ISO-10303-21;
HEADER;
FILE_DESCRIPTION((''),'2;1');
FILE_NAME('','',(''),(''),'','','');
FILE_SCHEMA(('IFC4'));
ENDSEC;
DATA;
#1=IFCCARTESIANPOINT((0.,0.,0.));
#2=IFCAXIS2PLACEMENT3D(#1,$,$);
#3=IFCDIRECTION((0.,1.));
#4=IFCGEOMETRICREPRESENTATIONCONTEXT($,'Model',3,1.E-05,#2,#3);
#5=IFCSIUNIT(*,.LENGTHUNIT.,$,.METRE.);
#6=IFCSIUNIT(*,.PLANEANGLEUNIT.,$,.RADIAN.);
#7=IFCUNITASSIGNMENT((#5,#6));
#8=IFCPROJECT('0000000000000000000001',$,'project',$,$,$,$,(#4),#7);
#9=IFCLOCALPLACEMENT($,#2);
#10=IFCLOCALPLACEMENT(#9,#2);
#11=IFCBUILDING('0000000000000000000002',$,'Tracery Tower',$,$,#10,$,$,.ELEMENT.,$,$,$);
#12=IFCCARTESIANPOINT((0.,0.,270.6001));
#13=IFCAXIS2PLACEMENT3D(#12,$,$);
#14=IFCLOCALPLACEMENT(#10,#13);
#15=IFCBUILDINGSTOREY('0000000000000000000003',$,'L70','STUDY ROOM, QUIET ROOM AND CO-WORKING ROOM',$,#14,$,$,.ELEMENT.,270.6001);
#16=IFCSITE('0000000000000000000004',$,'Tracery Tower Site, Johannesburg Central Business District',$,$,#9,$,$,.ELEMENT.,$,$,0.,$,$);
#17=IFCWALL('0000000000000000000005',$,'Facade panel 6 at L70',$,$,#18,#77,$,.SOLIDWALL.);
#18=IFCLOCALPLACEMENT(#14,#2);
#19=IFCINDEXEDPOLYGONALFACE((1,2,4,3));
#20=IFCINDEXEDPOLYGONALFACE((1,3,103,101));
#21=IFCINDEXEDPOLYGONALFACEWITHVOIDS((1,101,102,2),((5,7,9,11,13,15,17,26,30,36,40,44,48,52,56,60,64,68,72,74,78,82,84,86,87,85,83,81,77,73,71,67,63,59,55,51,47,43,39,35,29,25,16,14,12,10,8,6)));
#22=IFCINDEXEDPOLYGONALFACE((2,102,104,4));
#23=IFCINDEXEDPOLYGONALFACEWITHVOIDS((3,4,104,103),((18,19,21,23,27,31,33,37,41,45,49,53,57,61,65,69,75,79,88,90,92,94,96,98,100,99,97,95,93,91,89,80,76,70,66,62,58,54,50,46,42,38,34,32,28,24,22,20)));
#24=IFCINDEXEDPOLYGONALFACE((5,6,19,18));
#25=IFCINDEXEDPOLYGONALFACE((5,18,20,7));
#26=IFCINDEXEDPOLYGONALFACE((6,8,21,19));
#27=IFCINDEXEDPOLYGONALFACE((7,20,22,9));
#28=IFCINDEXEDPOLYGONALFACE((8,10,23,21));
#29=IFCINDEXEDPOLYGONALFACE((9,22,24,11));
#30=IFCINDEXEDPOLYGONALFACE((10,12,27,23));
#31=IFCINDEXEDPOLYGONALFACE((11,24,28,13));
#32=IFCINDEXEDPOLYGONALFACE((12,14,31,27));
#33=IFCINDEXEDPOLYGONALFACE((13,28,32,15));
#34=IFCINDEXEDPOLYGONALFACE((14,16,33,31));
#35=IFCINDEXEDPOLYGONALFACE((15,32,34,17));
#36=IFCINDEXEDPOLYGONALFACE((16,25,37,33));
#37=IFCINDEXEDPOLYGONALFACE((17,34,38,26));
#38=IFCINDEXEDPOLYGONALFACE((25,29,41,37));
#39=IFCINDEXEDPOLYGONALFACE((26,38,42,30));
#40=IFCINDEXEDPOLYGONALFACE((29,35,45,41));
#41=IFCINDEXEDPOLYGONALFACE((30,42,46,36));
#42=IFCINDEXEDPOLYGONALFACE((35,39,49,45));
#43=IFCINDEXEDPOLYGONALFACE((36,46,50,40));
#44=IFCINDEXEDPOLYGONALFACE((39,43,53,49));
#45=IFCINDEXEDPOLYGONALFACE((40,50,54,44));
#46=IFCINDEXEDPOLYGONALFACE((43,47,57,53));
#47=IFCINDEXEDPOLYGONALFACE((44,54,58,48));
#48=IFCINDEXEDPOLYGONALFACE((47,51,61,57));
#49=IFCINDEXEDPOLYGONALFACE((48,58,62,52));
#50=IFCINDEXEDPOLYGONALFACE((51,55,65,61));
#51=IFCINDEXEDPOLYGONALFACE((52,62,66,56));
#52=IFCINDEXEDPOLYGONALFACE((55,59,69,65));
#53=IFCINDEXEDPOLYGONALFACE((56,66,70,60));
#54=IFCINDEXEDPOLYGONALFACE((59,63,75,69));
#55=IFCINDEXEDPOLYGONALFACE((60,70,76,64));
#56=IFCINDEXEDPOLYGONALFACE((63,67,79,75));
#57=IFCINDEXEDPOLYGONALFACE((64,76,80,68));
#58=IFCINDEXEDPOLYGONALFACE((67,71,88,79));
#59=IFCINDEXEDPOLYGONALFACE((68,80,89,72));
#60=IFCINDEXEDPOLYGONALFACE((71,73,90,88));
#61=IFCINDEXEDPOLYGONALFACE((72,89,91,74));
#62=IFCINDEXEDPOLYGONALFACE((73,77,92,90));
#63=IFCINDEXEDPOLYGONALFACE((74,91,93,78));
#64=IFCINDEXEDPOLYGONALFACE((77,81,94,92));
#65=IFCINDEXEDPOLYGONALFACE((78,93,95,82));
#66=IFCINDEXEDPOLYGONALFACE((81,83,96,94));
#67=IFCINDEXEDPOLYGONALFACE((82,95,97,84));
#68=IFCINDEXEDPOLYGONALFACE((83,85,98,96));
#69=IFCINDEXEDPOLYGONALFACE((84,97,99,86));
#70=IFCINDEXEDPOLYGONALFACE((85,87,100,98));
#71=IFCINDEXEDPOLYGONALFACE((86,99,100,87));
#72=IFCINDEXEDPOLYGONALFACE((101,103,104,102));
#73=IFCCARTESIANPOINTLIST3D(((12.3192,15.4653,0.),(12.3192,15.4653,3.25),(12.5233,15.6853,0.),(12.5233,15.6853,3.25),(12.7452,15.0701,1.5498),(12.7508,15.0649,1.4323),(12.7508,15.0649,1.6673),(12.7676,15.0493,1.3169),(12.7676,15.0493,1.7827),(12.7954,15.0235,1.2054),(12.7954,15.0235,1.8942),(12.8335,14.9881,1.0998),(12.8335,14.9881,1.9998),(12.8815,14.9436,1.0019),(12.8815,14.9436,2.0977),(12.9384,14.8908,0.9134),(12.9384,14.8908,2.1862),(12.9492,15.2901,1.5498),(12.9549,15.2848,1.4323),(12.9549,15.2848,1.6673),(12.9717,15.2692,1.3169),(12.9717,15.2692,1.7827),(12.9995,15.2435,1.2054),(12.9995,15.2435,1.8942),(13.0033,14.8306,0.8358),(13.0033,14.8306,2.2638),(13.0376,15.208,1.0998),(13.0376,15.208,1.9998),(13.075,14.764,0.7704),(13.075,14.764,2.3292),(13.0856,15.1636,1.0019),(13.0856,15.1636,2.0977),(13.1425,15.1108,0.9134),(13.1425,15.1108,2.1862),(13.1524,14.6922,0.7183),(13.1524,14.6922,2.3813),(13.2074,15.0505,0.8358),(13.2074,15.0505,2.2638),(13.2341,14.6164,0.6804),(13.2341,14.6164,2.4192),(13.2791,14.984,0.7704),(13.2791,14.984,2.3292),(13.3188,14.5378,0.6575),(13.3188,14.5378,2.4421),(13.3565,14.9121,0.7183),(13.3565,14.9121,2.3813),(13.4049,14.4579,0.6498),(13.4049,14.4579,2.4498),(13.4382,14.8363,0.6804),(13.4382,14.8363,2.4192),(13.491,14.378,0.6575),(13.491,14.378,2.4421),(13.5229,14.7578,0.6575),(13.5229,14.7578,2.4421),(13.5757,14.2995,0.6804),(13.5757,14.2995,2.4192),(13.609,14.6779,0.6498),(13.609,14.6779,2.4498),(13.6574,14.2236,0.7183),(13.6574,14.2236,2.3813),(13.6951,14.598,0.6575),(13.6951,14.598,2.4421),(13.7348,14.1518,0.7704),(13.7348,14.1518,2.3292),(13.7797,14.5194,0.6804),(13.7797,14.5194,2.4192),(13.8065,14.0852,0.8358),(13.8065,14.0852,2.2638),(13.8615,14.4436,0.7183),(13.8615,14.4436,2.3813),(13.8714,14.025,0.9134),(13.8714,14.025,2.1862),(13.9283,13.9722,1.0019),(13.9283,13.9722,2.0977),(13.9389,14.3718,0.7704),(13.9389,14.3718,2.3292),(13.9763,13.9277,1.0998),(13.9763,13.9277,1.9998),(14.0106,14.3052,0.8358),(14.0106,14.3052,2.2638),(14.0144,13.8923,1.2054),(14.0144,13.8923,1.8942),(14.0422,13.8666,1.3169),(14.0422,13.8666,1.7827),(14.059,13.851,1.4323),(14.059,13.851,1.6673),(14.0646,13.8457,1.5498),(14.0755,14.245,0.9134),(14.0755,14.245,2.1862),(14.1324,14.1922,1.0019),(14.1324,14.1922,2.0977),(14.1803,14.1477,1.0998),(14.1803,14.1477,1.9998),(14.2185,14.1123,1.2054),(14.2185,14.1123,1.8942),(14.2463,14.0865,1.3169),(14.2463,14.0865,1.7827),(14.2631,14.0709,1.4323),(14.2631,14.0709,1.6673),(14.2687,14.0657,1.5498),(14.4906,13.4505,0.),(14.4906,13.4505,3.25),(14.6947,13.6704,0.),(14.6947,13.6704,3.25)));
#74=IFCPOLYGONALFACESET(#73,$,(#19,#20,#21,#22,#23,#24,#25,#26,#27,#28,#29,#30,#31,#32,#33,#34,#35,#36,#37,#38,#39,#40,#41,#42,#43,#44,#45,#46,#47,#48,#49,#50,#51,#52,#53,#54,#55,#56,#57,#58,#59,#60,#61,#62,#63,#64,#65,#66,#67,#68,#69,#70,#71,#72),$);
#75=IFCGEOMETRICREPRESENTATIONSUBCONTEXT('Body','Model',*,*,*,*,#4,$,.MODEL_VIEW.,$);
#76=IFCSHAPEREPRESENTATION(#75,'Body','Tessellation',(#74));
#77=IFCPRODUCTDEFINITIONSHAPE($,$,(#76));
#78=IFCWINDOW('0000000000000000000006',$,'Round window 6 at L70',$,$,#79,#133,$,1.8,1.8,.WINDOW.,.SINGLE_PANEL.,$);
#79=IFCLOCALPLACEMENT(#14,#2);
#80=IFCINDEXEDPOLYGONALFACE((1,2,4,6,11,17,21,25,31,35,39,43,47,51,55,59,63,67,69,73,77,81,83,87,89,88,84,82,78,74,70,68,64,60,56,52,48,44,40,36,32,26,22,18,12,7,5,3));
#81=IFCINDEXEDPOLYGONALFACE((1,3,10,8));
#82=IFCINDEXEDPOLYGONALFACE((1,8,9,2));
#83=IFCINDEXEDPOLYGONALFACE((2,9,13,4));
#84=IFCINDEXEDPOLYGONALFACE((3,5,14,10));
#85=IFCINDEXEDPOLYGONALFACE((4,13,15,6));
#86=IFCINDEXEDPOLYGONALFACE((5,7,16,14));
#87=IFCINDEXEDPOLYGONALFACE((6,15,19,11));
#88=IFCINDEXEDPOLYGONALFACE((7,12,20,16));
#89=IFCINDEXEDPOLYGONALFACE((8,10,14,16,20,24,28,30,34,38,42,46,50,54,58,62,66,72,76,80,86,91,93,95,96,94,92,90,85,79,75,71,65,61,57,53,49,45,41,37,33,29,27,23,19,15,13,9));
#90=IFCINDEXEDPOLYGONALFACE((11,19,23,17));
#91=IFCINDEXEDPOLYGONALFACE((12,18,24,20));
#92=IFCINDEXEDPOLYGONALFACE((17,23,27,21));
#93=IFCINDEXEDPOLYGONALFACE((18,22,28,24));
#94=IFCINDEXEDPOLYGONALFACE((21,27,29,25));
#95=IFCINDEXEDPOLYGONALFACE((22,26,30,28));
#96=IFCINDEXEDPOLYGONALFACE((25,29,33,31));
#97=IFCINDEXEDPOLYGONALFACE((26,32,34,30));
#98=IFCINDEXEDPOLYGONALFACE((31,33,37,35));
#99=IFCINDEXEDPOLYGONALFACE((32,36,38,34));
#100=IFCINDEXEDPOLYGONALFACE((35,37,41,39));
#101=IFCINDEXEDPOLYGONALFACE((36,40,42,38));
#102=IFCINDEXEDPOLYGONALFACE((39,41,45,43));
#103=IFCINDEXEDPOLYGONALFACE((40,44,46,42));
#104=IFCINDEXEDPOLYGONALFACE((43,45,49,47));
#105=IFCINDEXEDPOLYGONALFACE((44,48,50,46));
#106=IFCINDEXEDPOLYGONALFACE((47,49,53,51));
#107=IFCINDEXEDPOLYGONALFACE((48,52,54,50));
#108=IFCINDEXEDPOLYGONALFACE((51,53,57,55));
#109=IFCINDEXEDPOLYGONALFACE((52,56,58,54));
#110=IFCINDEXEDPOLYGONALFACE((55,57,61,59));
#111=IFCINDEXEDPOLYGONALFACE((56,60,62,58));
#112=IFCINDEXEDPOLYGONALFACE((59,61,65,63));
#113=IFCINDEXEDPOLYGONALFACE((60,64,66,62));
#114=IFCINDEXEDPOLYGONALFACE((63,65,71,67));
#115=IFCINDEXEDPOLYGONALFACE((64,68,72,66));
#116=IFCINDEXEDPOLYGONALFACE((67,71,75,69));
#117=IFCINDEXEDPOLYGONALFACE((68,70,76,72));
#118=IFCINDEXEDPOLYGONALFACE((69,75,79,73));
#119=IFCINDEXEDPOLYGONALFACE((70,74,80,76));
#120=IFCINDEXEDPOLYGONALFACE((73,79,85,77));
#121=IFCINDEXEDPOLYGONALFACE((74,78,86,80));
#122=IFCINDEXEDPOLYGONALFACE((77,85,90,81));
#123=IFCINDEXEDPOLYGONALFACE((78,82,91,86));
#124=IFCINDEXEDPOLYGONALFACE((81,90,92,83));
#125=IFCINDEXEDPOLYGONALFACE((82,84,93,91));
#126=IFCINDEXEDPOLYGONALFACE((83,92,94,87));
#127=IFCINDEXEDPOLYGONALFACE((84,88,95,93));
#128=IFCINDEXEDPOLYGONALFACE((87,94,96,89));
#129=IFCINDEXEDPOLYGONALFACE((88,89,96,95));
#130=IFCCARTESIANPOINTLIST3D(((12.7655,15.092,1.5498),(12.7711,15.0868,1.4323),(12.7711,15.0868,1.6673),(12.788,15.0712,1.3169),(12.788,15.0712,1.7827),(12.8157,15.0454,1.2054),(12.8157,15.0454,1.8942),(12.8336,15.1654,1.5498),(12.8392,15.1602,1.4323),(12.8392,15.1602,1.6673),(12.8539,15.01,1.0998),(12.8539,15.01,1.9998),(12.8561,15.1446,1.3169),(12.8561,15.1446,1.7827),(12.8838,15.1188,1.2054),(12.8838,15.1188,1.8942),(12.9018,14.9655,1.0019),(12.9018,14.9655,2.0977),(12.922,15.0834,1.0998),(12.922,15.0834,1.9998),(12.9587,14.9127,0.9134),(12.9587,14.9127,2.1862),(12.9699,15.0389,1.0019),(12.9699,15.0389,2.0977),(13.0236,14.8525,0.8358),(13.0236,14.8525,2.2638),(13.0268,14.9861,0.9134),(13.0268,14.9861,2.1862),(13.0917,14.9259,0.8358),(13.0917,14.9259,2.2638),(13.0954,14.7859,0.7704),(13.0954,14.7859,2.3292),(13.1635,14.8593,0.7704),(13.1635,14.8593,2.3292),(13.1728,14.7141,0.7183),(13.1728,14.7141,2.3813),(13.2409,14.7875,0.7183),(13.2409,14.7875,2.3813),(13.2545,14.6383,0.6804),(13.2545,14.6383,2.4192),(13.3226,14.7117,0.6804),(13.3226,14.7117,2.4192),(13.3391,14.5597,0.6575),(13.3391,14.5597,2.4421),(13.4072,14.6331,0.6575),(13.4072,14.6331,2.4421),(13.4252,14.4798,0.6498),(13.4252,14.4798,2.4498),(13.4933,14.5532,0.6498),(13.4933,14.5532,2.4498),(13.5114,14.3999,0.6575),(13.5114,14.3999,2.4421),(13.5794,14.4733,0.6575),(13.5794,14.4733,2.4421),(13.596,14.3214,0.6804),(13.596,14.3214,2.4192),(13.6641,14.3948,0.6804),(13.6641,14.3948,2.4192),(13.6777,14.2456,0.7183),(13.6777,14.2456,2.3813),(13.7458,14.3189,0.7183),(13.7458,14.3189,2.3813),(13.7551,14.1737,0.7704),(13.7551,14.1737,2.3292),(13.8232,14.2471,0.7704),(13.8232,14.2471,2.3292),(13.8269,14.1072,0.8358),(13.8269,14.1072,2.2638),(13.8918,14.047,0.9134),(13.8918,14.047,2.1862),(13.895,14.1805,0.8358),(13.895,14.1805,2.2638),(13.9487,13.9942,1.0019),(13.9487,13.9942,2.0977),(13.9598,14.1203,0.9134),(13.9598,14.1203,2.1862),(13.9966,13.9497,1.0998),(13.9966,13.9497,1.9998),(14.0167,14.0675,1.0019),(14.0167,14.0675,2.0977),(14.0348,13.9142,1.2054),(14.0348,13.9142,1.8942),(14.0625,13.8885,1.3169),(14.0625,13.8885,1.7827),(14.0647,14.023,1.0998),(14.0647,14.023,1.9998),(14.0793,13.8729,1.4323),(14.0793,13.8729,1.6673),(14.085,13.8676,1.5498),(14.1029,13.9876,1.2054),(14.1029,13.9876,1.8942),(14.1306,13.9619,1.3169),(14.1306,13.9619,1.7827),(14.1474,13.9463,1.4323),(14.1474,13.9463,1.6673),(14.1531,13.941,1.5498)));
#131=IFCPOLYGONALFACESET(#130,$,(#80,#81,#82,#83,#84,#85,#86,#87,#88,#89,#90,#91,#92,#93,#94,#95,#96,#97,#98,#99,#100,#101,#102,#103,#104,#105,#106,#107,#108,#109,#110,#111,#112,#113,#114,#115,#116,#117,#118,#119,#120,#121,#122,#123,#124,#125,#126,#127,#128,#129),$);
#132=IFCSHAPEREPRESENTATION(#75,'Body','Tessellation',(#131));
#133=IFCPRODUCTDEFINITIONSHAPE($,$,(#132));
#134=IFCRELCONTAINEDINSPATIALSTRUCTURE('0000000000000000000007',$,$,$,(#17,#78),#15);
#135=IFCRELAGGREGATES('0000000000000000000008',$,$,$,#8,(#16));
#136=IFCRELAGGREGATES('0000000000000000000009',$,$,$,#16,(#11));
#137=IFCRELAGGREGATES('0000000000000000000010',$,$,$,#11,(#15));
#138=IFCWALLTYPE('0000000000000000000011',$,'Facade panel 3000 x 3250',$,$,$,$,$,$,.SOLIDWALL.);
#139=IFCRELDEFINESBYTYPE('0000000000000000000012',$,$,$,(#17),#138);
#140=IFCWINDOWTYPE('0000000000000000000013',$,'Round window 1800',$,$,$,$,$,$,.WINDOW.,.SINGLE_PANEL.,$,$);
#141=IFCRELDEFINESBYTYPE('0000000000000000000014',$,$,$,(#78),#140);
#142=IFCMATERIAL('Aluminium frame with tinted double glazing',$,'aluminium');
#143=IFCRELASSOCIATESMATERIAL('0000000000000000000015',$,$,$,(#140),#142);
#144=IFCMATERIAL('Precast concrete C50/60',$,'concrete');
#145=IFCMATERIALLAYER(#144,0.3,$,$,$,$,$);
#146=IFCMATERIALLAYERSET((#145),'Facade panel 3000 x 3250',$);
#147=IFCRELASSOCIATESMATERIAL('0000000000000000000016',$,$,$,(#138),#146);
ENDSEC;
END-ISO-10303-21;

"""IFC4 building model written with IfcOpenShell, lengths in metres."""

from ifc_helpers import new_model, si_unit, direction, frame, frame_2d, origin, origin_2d, place, context, subcontext, project, spatial, rectangle, circle, extrude, material, layer, layer_set, type_object, element, fill, save


model = new_model("IFC4")

# Units and contexts
model_context = context("Model", 3, precision=1e-05, world=origin(), true_north=direction((0.0, 1.0)))
body_context = subcontext(model_context, "Body", "Model", "MODEL_VIEW")
ifc_project = project(units=[si_unit("LENGTHUNIT", "METRE"), si_unit("PLANEANGLEUNIT", "RADIAN")], contexts=[model_context])

# Site, building, storey
site_placement = place(None, origin())
site = spatial("IfcSite", under=ifc_project, at=site_placement, Name="Tracery Tower Site, Johannesburg Central Business District", CompositionType="ELEMENT", RefElevation=0.0)
building_placement = place(site_placement, origin())
building = spatial("IfcBuilding", under=site, at=building_placement, Name="Tracery Tower", CompositionType="ELEMENT")
storey_placement = place(building_placement, frame((0.0, 0.0, 270.6001)))
storey = spatial("IfcBuildingStorey", under=building, at=storey_placement, Name="L70", Description="STUDY ROOM, QUIET ROOM AND CO-WORKING ROOM", CompositionType="ELEMENT", Elevation=270.6001)

# Wall, opening, window
ifc_material_1 = material(Name="Aluminium frame with tinted double glazing", Category="aluminium")
window_type = type_object("IfcWindowType", Name="Round window 1800", PartitioningType="SINGLE_PANEL", PredefinedType="WINDOW", material=ifc_material_1)
ifc_material_2 = material(Name="Precast concrete C50/60", Category="concrete")
ifc_layer_1 = layer(ifc_material_2, 0.3)
ifc_layer_set_1 = layer_set([ifc_layer_1], Name="Facade panel 3000 x 3250")
wall_type_1 = type_object("IfcWallType", Name="Facade panel 3000 x 3250", PredefinedType="SOLIDWALL", material=ifc_layer_set_1)
wall_1_placement = place(storey_placement, frame((14.5925, 13.5605, 0.0), z_axis=(0.0, 0.0, 1.0), x_axis=(-0.733028, 0.680198, 0.0)))
wall_1 = element("IfcWall", 1, at=wall_1_placement, inside=storey, type_object=wall_type_1, Name="Facade panel 6 at L70", PredefinedType="SOLIDWALL", context=body_context, shape_type="SweptSolid", body=[
    extrude(rectangle(XDim=2.9622, YDim=0.3, at=frame_2d((1.481, 0.0))), origin(), (0.0, 0.0, 1.0), 3.25),
])
opening_1_placement = place(wall_1_placement, frame((1.481, 0.0, 1.5498)))
opening_1 = element("IfcOpeningElement", 2, at=opening_1_placement, cuts=wall_1, PredefinedType="OPENING", context=body_context, shape_type="SweptSolid", body=[
    extrude(circle(Radius=0.9, at=origin_2d()), frame((0.0, 0.1599, 0.0), z_axis=(0.0, -1.0, 0.0), x_axis=(1.0, 0.0, 0.0)), (0.0, 0.0, 1.0), 0.3201),
])
window_1_placement = place(opening_1_placement, origin())
window_1 = element("IfcWindow", 3, at=window_1_placement, inside=storey, type_object=window_type, Name="Round window 6 at L70", OverallHeight=1.8, OverallWidth=1.8, PartitioningType="SINGLE_PANEL", PredefinedType="WINDOW", context=body_context, shape_type="SweptSolid", body=[
    extrude(circle(Radius=0.9, at=origin_2d()), frame((0.0, 0.1201, 0.0), z_axis=(0.0, -1.0, 0.0), x_axis=(1.0, 0.0, 0.0)), (0.0, 0.0, 1.0), 0.1001),
])
fill(opening_1, window_1)

save(model, "model.ifc")
